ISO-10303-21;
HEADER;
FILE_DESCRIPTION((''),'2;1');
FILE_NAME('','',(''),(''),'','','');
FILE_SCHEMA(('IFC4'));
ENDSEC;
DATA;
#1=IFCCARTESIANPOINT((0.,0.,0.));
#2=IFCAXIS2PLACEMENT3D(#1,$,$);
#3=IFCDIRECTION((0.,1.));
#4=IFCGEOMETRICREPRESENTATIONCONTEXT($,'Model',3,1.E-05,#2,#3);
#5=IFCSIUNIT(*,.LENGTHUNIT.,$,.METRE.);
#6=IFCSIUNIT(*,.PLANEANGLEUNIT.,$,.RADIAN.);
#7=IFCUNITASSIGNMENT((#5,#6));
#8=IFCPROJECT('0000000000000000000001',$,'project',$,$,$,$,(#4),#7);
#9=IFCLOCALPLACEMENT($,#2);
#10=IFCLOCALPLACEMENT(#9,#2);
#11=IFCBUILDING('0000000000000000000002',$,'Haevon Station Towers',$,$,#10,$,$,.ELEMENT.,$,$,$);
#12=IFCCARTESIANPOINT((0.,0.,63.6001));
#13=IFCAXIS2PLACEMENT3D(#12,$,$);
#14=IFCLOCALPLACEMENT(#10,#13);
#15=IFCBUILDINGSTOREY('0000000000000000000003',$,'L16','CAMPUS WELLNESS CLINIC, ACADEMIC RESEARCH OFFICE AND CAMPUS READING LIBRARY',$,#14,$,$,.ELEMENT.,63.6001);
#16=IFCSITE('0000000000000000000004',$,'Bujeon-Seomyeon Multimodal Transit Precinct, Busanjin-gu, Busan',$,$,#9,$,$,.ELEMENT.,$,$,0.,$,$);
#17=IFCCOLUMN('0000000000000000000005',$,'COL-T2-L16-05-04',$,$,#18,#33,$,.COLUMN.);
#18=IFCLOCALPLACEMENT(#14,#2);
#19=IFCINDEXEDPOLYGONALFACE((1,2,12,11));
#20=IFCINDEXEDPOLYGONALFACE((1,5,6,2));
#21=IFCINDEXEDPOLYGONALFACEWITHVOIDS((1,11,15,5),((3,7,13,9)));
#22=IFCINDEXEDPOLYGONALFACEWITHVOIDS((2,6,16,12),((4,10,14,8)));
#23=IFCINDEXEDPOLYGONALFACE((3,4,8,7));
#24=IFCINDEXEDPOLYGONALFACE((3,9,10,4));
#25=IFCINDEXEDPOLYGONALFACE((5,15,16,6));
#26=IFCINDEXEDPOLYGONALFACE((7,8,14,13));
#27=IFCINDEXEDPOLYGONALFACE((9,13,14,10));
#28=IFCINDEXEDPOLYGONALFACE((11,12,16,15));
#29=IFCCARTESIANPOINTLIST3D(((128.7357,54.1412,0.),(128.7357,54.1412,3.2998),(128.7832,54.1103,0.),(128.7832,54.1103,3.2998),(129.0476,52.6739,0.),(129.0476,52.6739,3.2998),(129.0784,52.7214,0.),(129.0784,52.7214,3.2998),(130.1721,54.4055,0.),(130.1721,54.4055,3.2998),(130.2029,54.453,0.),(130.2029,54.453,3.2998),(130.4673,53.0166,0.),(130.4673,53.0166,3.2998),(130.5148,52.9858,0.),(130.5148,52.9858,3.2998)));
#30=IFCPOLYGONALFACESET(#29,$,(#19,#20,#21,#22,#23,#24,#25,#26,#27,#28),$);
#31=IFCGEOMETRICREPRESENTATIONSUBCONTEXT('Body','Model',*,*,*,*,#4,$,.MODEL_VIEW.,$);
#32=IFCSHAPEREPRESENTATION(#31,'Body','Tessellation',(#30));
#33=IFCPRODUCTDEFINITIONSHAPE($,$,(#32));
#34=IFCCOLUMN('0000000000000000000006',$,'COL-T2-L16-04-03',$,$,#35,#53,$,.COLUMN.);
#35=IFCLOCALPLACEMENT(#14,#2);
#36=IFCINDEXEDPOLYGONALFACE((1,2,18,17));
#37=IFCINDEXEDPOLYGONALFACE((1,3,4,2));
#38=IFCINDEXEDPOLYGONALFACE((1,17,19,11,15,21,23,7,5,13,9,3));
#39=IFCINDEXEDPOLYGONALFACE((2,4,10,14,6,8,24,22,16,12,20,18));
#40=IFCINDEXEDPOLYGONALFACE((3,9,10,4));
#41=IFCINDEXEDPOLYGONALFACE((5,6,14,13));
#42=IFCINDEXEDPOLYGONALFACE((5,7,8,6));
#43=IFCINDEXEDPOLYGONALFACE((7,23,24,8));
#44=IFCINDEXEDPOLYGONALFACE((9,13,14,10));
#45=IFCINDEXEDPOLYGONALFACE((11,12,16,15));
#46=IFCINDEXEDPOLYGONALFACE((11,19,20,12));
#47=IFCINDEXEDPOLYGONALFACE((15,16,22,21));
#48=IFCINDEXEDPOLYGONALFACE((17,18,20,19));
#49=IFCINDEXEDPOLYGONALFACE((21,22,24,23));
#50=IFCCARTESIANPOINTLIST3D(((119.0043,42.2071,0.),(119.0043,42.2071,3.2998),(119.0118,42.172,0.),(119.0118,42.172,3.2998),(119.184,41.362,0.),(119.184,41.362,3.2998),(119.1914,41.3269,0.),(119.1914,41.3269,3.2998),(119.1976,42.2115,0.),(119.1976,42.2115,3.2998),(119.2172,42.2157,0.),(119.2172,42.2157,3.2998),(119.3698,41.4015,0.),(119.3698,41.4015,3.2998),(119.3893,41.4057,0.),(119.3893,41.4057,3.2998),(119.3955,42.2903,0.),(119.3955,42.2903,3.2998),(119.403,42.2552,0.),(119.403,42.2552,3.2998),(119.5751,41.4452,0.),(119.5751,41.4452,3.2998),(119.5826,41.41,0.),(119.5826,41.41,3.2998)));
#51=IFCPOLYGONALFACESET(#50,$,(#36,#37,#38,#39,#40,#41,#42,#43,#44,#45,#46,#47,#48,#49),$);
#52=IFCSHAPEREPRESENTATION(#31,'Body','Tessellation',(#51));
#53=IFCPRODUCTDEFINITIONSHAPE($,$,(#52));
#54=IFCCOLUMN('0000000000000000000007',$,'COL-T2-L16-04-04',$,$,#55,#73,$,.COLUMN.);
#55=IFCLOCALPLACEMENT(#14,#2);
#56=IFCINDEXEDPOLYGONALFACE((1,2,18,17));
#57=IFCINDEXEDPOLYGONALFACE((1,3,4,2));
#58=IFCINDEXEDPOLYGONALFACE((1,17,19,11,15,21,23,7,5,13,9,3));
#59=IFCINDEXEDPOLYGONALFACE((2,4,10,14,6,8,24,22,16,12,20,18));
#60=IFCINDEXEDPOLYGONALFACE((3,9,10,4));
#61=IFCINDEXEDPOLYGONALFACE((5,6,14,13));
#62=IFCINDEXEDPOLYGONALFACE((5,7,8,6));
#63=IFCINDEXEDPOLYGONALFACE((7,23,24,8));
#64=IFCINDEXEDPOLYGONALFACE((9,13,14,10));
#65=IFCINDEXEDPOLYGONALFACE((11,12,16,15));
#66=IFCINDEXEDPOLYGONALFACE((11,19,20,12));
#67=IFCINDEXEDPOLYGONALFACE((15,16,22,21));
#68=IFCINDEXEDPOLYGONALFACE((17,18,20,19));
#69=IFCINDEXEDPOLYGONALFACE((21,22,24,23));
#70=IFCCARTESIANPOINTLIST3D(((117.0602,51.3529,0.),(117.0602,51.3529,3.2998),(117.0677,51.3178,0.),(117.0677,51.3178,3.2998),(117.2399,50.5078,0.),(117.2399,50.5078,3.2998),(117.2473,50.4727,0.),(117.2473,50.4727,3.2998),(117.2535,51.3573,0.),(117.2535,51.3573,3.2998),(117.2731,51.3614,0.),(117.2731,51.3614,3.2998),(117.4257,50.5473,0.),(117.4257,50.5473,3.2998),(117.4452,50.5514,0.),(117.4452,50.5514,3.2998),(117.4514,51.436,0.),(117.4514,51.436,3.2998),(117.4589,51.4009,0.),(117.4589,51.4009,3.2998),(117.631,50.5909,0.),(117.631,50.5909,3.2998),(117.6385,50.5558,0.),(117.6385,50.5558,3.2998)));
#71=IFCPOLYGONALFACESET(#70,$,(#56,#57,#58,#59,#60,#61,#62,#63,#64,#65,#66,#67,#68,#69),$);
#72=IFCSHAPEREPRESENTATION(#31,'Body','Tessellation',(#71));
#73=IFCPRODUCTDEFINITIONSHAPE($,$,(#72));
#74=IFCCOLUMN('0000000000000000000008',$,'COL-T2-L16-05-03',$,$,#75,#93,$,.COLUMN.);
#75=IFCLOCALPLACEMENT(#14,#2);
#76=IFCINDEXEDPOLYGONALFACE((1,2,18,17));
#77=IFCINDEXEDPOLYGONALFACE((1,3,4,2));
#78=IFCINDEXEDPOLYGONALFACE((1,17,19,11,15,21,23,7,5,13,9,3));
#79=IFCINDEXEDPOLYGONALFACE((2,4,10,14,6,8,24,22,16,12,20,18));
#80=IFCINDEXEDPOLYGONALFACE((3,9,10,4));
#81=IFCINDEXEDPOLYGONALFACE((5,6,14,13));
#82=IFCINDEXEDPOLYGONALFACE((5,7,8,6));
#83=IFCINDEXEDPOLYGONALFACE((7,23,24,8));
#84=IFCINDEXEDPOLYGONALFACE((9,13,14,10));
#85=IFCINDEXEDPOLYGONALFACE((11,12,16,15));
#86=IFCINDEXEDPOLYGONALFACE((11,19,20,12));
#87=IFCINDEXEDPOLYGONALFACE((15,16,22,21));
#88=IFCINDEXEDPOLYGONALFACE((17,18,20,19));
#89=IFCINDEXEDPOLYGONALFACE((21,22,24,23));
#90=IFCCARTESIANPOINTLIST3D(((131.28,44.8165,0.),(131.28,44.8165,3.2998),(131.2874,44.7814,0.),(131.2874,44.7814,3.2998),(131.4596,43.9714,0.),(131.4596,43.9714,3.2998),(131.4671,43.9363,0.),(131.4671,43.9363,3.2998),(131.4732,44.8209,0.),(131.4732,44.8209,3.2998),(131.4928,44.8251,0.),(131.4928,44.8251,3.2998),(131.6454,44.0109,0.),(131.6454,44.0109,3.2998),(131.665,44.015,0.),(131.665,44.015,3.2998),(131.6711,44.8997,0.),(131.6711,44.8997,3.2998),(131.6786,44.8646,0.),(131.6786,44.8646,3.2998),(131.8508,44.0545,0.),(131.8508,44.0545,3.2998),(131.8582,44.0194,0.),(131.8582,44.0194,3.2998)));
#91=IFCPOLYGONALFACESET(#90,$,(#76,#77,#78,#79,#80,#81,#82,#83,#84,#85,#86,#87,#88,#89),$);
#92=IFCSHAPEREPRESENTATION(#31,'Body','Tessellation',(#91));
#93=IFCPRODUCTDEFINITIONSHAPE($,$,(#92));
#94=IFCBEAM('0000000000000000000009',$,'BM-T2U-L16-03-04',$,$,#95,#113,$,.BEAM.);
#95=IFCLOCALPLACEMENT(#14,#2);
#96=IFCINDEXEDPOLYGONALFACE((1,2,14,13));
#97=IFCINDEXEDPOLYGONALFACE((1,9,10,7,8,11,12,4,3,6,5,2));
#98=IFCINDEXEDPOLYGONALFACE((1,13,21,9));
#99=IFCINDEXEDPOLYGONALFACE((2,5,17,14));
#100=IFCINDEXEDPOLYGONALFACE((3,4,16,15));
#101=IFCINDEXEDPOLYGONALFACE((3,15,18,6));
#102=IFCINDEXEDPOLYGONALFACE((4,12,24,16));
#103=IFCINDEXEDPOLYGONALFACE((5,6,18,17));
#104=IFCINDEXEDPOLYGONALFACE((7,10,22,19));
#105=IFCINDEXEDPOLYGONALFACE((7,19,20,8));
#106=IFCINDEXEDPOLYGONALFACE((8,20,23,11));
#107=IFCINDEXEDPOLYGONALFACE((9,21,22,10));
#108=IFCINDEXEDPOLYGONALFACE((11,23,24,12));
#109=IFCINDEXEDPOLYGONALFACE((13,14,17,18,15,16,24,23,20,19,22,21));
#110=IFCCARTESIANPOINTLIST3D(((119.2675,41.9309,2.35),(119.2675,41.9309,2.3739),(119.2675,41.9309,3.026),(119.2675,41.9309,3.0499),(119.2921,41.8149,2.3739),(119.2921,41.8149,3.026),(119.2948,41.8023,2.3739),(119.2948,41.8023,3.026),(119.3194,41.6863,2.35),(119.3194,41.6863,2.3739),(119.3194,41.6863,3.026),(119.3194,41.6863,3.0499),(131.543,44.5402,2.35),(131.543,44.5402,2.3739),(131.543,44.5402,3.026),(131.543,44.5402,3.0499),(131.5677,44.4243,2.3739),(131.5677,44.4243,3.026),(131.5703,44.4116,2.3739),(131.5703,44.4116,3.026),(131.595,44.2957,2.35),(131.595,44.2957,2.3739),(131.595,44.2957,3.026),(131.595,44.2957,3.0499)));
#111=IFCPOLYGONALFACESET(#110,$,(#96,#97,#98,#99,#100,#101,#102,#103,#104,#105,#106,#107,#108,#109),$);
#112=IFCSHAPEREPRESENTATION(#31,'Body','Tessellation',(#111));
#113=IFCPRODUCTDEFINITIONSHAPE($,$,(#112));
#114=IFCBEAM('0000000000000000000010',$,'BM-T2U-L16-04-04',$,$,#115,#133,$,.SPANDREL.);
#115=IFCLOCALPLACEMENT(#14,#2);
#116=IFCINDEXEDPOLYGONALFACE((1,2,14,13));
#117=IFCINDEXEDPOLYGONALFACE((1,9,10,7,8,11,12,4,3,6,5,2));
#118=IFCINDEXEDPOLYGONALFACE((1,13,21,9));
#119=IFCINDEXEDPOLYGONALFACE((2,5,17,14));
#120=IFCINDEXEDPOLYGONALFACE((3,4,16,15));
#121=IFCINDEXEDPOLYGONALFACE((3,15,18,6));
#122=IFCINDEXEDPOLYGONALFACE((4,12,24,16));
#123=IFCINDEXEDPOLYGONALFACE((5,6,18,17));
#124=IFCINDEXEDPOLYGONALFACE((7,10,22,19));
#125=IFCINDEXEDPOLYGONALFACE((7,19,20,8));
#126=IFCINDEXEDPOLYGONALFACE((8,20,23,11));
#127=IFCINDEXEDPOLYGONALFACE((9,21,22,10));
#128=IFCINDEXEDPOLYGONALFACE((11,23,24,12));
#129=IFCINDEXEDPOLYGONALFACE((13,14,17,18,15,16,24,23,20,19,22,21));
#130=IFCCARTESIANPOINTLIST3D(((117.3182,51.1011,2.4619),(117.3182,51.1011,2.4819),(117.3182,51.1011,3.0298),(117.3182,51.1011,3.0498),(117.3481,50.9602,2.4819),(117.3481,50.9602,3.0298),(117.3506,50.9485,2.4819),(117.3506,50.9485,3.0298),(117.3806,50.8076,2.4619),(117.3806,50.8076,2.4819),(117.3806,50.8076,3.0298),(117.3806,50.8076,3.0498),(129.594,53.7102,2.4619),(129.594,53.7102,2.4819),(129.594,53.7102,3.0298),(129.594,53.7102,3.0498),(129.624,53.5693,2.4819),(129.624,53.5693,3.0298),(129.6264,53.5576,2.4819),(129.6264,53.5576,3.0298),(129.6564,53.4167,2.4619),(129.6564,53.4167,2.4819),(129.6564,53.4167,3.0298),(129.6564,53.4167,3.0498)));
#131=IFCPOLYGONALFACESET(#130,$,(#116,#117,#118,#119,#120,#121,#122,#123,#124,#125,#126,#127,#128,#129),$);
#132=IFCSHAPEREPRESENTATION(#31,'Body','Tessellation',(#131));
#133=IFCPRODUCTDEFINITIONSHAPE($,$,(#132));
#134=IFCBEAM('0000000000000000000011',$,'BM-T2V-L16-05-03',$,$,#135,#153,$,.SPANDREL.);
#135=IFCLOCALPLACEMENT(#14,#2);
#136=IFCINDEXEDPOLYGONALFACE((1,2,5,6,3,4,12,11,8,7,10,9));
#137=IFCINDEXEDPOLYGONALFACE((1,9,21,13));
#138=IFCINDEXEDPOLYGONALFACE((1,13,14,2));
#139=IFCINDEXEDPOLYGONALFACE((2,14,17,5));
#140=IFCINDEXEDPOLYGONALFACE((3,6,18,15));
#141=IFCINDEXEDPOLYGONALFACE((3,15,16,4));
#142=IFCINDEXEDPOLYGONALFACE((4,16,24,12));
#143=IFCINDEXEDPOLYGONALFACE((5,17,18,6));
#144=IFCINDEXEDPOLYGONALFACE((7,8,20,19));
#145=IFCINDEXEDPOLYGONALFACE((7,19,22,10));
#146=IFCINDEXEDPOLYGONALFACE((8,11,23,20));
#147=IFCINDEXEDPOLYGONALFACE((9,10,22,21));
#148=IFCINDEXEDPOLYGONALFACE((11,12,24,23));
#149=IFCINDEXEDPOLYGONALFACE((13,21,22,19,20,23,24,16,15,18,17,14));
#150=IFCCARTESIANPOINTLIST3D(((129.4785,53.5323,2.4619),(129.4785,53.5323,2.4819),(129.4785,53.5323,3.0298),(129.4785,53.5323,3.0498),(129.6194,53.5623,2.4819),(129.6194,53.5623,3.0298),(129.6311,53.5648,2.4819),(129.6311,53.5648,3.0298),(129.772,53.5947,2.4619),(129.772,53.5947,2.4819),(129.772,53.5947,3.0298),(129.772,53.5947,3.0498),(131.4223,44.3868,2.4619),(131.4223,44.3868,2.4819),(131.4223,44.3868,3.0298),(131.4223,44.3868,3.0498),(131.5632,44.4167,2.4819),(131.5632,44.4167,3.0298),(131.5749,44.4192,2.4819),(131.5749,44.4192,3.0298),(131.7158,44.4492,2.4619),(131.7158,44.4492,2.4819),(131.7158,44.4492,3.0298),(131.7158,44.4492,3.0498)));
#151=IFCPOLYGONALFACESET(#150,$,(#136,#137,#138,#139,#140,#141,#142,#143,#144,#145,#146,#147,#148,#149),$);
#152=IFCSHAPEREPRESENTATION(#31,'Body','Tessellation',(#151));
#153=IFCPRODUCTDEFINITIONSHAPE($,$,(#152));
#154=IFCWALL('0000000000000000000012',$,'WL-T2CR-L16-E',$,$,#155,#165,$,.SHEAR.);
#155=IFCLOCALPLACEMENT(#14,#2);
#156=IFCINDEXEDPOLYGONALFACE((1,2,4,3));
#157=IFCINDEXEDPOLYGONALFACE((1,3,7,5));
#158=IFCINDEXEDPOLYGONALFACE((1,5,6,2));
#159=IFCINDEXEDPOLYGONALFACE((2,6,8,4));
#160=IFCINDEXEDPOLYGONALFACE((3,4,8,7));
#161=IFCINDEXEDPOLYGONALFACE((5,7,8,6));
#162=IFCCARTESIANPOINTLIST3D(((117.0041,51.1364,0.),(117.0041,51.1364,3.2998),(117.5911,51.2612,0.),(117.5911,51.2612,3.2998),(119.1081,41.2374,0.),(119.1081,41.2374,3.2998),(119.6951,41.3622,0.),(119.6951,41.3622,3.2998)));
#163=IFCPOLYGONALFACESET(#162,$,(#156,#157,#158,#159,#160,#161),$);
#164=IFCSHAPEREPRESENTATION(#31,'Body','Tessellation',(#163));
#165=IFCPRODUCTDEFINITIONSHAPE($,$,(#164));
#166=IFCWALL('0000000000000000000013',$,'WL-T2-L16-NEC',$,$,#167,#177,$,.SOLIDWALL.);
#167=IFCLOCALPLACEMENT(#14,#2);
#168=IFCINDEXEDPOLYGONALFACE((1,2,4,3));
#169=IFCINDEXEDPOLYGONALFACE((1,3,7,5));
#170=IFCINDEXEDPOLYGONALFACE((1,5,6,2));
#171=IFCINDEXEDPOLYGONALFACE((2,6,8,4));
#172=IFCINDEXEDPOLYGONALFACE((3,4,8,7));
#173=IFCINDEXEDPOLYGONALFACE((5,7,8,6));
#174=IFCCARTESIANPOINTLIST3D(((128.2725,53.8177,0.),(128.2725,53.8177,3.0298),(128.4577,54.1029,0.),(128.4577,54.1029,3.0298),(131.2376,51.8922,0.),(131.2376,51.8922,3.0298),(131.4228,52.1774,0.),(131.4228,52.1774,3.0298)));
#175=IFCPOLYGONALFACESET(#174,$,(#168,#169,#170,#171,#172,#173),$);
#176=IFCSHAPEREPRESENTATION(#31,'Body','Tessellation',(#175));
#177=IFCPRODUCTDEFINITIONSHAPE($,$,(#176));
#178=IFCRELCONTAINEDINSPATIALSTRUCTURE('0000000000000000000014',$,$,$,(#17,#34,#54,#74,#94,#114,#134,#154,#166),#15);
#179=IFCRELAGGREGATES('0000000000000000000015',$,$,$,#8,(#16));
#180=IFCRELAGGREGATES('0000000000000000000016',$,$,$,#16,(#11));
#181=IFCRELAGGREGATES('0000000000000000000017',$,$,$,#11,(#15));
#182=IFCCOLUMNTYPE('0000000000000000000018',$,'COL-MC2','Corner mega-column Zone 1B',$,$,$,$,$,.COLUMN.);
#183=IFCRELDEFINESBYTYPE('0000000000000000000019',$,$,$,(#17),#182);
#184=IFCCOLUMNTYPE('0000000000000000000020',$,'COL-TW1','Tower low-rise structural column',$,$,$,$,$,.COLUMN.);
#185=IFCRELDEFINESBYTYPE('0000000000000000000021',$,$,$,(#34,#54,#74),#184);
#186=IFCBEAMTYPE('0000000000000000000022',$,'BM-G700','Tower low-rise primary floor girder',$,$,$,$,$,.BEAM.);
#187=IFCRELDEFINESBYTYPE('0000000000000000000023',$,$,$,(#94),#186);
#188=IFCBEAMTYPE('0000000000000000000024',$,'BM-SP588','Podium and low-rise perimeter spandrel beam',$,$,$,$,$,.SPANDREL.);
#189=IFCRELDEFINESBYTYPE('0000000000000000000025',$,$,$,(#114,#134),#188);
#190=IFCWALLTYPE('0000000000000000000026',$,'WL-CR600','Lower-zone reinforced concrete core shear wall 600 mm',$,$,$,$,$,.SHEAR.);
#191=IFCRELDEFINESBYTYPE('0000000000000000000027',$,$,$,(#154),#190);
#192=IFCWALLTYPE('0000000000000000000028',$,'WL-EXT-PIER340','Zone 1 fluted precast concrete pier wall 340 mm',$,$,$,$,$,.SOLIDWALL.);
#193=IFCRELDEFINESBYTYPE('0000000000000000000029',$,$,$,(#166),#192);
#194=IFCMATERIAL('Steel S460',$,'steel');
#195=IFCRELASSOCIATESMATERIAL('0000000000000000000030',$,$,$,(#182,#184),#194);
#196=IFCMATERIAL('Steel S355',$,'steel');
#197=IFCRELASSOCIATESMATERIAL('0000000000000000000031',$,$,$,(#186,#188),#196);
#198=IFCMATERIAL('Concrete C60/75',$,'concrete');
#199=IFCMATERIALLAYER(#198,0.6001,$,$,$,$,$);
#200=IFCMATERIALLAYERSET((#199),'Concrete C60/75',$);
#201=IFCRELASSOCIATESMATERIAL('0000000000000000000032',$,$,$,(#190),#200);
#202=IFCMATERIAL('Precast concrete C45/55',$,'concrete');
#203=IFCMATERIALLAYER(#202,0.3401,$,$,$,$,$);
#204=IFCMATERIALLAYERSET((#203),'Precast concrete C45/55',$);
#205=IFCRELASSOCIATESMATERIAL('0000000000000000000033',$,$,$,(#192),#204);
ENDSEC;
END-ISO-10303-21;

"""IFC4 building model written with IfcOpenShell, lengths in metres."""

from ifc_helpers import new_model, si_unit, direction, frame, frame_2d, origin, origin_2d, place, context, subcontext, project, spatial, rectangle, hollow_rectangle, i_section, extrude, material, layer, layer_set, material_profile, profile_set, type_object, element, save


model = new_model("IFC4")

# Units and contexts
model_context = context("Model", 3, precision=1e-05, world=origin(), true_north=direction((0.0, 1.0)))
body_context = subcontext(model_context, "Body", "Model", "MODEL_VIEW")
ifc_project = project(units=[si_unit("LENGTHUNIT", "METRE"), si_unit("PLANEANGLEUNIT", "RADIAN")], contexts=[model_context])

# Site, building, storey
site_placement = place(None, origin())
site = spatial("IfcSite", under=ifc_project, at=site_placement, Name="Bujeon-Seomyeon Multimodal Transit Precinct, Busanjin-gu, Busan", CompositionType="ELEMENT", RefElevation=0.0)
building_placement = place(site_placement, origin())
building = spatial("IfcBuilding", under=site, at=building_placement, Name="Haevon Station Towers", CompositionType="ELEMENT")
storey_placement = place(building_placement, frame((0.0, 0.0, 63.6001)))
storey = spatial("IfcBuildingStorey", under=building, at=storey_placement, Name="L16", Description="CAMPUS WELLNESS CLINIC, ACADEMIC RESEARCH OFFICE AND CAMPUS READING LIBRARY", CompositionType="ELEMENT", Elevation=63.6001)

# Columns
ifc_material_1 = material(Name="Steel S460", Category="steel")
ifc_material_profile_1 = material_profile(ifc_material_1, hollow_rectangle(XDim=1.5, YDim=1.5, WallThickness=0.04, at=origin_2d()), Name="BOX-1500x1500x40")
ifc_profile_set_1 = profile_set([ifc_material_profile_1], Name="Steel S460")
column_type_1 = type_object("IfcColumnType", Name="COL-MC2", Description="Corner mega-column Zone 1B", PredefinedType="COLUMN", material=ifc_profile_set_1)
column_placement = place(storey_placement, frame((129.6252, 53.5635, 0.0), z_axis=(0.0, 0.0, 1.0), x_axis=(0.978148, 0.207912, 0.0)))
element("IfcColumn", 1, at=column_placement, inside=storey, type_object=column_type_1, Name="COL-T2-L16-05-04", PredefinedType="COLUMN", context=body_context, shape_type="SweptSolid", body=[
    extrude(hollow_rectangle(XDim=1.5, YDim=1.5, WallThickness=0.04, at=origin_2d()), origin(), (0.0, 0.0, 1.0), 3.2998),
])
ifc_material_profile_2 = material_profile(ifc_material_1, i_section(OverallWidth=0.3999, OverallDepth=0.8999, WebThickness=0.02, FlangeThickness=0.0359, at=origin_2d()), Name="H-900x400x20x36")
ifc_profile_set_2 = profile_set([ifc_material_profile_2], Name="Steel S460")
column_type_2 = type_object("IfcColumnType", Name="COL-TW1", Description="Tower low-rise structural column", PredefinedType="COLUMN", material=ifc_profile_set_2)
for number, where, z_axis, x_axis, name in (
    (2, (119.2935, 41.8086, 0.0), (0.0, 0.0, 1.0), (0.978148, 0.207912, 0.0), "COL-T2-L16-04-03"),
    (3, (117.3494, 50.9543, 0.0), (0.0, 0.0, 1.0), (0.978148, 0.207912, 0.0), "COL-T2-L16-04-04"),
    (4, (131.5691, 44.418, 0.0), (0.0, 0.0, 1.0), (0.978148, 0.207912, 0.0), "COL-T2-L16-05-03"),
):
    element("IfcColumn", number, at=place(storey_placement, frame(where, z_axis=z_axis, x_axis=x_axis)), inside=storey, type_object=column_type_2, Name=name, PredefinedType="COLUMN", context=body_context, shape_type="SweptSolid", body=[
        extrude(i_section(OverallWidth=0.3999, OverallDepth=0.8999, WebThickness=0.02, FlangeThickness=0.0359, at=origin_2d()), origin(), (0.0, 0.0, 1.0), 3.2998),
    ])

# Beams
ifc_material_2 = material(Name="Steel S355", Category="steel")
ifc_material_profile_3 = material_profile(ifc_material_2, i_section(OverallWidth=0.25, OverallDepth=0.7, WebThickness=0.0129, FlangeThickness=0.0239, at=origin_2d()), Name="H-700x250x13x24")
ifc_profile_set_3 = profile_set([ifc_material_profile_3], Name="Steel S355")
beam_type_1 = type_object("IfcBeamType", Name="BM-G700", Description="Tower low-rise primary floor girder", PredefinedType="BEAM", material=ifc_profile_set_3)
beam_1_placement = place(storey_placement, frame((119.2935, 41.8086, 2.7), z_axis=(0.978146, 0.20792, 0.0), x_axis=(-0.20792, 0.978146, 0.0)))
element("IfcBeam", 5, at=beam_1_placement, inside=storey, type_object=beam_type_1, Name="BM-T2U-L16-03-04", PredefinedType="BEAM", context=body_context, shape_type="SweptSolid", body=[
    extrude(i_section(OverallWidth=0.25, OverallDepth=0.7, WebThickness=0.0129, FlangeThickness=0.0239, at=origin_2d()), origin(), (0.0, 0.0, 1.0), 12.5498),
])
ifc_material_profile_4 = material_profile(ifc_material_2, i_section(OverallWidth=0.3, OverallDepth=0.5879, WebThickness=0.012, FlangeThickness=0.02, at=origin_2d()), Name="H-588x300x12x20")
ifc_profile_set_4 = profile_set([ifc_material_profile_4], Name="Steel S355")
beam_type_2 = type_object("IfcBeamType", Name="BM-SP588", Description="Podium and low-rise perimeter spandrel beam", PredefinedType="SPANDREL", material=ifc_profile_set_4)
beam_2_placement = place(storey_placement, frame((117.3494, 50.9543, 2.7559), z_axis=(0.978151, 0.207897, 0.0), x_axis=(-0.207897, 0.978151, 0.0)))
element("IfcBeam", 6, at=beam_2_placement, inside=storey, type_object=beam_type_2, Name="BM-T2U-L16-04-04", PredefinedType="SPANDREL", context=body_context, shape_type="SweptSolid", body=[
    extrude(i_section(OverallWidth=0.3, OverallDepth=0.5879, WebThickness=0.012, FlangeThickness=0.02, at=origin_2d()), origin(), (0.0, 0.0, 1.0), 12.55),
])
beam_3_placement = place(storey_placement, frame((131.5691, 44.418, 2.7559), z_axis=(-0.207902, 0.97815, 0.0), x_axis=(-0.97815, -0.207902, 0.0)))
element("IfcBeam", 7, at=beam_3_placement, inside=storey, type_object=beam_type_2, Name="BM-T2V-L16-05-03", PredefinedType="SPANDREL", context=body_context, shape_type="SweptSolid", body=[
    extrude(i_section(OverallWidth=0.3, OverallDepth=0.5879, WebThickness=0.012, FlangeThickness=0.02, at=origin_2d()), origin(), (0.0, 0.0, 1.0), 9.3499),
])

# Walls
ifc_material_3 = material(Name="Concrete C60/75", Category="concrete")
ifc_layer_1 = layer(ifc_material_3, 0.6001)
ifc_layer_set_1 = layer_set([ifc_layer_1], Name="Concrete C60/75")
wall_type_1 = type_object("IfcWallType", Name="WL-CR600", Description="Lower-zone reinforced concrete core shear wall 600 mm", PredefinedType="SHEAR", material=ifc_layer_set_1)
wall_1_placement = place(storey_placement, frame((119.4016, 41.2998, 0.0), z_axis=(0.0, 0.0, 1.0), x_axis=(-0.207904, 0.978149, 0.0)))
element("IfcWall", 8, at=wall_1_placement, inside=storey, type_object=wall_type_1, Name="WL-T2CR-L16-E", PredefinedType="SHEAR", context=body_context, shape_type="SweptSolid", body=[
    extrude(rectangle(XDim=10.1201, YDim=0.6001, at=frame_2d((5.0601, 0.0))), origin(), (0.0, 0.0, 1.0), 3.2998),
])
ifc_material_4 = material(Name="Precast concrete C45/55", Category="concrete")
ifc_layer_2 = layer(ifc_material_4, 0.3401)
ifc_layer_set_2 = layer_set([ifc_layer_2], Name="Precast concrete C45/55")
wall_type_2 = type_object("IfcWallType", Name="WL-EXT-PIER340", Description="Zone 1 fluted precast concrete pier wall 340 mm", PredefinedType="SOLIDWALL", material=ifc_layer_set_2)
wall_2_placement = place(storey_placement, frame((128.3652, 53.9602, 0.0), z_axis=(0.0, 0.0, 1.0), x_axis=(0.838672, -0.544636, 0.0)))
element("IfcWall", 9, at=wall_2_placement, inside=storey, type_object=wall_type_2, Name="WL-T2-L16-NEC", PredefinedType="SOLIDWALL", context=body_context, shape_type="SweptSolid", body=[
    extrude(rectangle(XDim=3.5354, YDim=0.3401, at=frame_2d((1.7676, 0.0))), origin(), (0.0, 0.0, 1.0), 3.0298),
])

save(model, "model.ifc")
